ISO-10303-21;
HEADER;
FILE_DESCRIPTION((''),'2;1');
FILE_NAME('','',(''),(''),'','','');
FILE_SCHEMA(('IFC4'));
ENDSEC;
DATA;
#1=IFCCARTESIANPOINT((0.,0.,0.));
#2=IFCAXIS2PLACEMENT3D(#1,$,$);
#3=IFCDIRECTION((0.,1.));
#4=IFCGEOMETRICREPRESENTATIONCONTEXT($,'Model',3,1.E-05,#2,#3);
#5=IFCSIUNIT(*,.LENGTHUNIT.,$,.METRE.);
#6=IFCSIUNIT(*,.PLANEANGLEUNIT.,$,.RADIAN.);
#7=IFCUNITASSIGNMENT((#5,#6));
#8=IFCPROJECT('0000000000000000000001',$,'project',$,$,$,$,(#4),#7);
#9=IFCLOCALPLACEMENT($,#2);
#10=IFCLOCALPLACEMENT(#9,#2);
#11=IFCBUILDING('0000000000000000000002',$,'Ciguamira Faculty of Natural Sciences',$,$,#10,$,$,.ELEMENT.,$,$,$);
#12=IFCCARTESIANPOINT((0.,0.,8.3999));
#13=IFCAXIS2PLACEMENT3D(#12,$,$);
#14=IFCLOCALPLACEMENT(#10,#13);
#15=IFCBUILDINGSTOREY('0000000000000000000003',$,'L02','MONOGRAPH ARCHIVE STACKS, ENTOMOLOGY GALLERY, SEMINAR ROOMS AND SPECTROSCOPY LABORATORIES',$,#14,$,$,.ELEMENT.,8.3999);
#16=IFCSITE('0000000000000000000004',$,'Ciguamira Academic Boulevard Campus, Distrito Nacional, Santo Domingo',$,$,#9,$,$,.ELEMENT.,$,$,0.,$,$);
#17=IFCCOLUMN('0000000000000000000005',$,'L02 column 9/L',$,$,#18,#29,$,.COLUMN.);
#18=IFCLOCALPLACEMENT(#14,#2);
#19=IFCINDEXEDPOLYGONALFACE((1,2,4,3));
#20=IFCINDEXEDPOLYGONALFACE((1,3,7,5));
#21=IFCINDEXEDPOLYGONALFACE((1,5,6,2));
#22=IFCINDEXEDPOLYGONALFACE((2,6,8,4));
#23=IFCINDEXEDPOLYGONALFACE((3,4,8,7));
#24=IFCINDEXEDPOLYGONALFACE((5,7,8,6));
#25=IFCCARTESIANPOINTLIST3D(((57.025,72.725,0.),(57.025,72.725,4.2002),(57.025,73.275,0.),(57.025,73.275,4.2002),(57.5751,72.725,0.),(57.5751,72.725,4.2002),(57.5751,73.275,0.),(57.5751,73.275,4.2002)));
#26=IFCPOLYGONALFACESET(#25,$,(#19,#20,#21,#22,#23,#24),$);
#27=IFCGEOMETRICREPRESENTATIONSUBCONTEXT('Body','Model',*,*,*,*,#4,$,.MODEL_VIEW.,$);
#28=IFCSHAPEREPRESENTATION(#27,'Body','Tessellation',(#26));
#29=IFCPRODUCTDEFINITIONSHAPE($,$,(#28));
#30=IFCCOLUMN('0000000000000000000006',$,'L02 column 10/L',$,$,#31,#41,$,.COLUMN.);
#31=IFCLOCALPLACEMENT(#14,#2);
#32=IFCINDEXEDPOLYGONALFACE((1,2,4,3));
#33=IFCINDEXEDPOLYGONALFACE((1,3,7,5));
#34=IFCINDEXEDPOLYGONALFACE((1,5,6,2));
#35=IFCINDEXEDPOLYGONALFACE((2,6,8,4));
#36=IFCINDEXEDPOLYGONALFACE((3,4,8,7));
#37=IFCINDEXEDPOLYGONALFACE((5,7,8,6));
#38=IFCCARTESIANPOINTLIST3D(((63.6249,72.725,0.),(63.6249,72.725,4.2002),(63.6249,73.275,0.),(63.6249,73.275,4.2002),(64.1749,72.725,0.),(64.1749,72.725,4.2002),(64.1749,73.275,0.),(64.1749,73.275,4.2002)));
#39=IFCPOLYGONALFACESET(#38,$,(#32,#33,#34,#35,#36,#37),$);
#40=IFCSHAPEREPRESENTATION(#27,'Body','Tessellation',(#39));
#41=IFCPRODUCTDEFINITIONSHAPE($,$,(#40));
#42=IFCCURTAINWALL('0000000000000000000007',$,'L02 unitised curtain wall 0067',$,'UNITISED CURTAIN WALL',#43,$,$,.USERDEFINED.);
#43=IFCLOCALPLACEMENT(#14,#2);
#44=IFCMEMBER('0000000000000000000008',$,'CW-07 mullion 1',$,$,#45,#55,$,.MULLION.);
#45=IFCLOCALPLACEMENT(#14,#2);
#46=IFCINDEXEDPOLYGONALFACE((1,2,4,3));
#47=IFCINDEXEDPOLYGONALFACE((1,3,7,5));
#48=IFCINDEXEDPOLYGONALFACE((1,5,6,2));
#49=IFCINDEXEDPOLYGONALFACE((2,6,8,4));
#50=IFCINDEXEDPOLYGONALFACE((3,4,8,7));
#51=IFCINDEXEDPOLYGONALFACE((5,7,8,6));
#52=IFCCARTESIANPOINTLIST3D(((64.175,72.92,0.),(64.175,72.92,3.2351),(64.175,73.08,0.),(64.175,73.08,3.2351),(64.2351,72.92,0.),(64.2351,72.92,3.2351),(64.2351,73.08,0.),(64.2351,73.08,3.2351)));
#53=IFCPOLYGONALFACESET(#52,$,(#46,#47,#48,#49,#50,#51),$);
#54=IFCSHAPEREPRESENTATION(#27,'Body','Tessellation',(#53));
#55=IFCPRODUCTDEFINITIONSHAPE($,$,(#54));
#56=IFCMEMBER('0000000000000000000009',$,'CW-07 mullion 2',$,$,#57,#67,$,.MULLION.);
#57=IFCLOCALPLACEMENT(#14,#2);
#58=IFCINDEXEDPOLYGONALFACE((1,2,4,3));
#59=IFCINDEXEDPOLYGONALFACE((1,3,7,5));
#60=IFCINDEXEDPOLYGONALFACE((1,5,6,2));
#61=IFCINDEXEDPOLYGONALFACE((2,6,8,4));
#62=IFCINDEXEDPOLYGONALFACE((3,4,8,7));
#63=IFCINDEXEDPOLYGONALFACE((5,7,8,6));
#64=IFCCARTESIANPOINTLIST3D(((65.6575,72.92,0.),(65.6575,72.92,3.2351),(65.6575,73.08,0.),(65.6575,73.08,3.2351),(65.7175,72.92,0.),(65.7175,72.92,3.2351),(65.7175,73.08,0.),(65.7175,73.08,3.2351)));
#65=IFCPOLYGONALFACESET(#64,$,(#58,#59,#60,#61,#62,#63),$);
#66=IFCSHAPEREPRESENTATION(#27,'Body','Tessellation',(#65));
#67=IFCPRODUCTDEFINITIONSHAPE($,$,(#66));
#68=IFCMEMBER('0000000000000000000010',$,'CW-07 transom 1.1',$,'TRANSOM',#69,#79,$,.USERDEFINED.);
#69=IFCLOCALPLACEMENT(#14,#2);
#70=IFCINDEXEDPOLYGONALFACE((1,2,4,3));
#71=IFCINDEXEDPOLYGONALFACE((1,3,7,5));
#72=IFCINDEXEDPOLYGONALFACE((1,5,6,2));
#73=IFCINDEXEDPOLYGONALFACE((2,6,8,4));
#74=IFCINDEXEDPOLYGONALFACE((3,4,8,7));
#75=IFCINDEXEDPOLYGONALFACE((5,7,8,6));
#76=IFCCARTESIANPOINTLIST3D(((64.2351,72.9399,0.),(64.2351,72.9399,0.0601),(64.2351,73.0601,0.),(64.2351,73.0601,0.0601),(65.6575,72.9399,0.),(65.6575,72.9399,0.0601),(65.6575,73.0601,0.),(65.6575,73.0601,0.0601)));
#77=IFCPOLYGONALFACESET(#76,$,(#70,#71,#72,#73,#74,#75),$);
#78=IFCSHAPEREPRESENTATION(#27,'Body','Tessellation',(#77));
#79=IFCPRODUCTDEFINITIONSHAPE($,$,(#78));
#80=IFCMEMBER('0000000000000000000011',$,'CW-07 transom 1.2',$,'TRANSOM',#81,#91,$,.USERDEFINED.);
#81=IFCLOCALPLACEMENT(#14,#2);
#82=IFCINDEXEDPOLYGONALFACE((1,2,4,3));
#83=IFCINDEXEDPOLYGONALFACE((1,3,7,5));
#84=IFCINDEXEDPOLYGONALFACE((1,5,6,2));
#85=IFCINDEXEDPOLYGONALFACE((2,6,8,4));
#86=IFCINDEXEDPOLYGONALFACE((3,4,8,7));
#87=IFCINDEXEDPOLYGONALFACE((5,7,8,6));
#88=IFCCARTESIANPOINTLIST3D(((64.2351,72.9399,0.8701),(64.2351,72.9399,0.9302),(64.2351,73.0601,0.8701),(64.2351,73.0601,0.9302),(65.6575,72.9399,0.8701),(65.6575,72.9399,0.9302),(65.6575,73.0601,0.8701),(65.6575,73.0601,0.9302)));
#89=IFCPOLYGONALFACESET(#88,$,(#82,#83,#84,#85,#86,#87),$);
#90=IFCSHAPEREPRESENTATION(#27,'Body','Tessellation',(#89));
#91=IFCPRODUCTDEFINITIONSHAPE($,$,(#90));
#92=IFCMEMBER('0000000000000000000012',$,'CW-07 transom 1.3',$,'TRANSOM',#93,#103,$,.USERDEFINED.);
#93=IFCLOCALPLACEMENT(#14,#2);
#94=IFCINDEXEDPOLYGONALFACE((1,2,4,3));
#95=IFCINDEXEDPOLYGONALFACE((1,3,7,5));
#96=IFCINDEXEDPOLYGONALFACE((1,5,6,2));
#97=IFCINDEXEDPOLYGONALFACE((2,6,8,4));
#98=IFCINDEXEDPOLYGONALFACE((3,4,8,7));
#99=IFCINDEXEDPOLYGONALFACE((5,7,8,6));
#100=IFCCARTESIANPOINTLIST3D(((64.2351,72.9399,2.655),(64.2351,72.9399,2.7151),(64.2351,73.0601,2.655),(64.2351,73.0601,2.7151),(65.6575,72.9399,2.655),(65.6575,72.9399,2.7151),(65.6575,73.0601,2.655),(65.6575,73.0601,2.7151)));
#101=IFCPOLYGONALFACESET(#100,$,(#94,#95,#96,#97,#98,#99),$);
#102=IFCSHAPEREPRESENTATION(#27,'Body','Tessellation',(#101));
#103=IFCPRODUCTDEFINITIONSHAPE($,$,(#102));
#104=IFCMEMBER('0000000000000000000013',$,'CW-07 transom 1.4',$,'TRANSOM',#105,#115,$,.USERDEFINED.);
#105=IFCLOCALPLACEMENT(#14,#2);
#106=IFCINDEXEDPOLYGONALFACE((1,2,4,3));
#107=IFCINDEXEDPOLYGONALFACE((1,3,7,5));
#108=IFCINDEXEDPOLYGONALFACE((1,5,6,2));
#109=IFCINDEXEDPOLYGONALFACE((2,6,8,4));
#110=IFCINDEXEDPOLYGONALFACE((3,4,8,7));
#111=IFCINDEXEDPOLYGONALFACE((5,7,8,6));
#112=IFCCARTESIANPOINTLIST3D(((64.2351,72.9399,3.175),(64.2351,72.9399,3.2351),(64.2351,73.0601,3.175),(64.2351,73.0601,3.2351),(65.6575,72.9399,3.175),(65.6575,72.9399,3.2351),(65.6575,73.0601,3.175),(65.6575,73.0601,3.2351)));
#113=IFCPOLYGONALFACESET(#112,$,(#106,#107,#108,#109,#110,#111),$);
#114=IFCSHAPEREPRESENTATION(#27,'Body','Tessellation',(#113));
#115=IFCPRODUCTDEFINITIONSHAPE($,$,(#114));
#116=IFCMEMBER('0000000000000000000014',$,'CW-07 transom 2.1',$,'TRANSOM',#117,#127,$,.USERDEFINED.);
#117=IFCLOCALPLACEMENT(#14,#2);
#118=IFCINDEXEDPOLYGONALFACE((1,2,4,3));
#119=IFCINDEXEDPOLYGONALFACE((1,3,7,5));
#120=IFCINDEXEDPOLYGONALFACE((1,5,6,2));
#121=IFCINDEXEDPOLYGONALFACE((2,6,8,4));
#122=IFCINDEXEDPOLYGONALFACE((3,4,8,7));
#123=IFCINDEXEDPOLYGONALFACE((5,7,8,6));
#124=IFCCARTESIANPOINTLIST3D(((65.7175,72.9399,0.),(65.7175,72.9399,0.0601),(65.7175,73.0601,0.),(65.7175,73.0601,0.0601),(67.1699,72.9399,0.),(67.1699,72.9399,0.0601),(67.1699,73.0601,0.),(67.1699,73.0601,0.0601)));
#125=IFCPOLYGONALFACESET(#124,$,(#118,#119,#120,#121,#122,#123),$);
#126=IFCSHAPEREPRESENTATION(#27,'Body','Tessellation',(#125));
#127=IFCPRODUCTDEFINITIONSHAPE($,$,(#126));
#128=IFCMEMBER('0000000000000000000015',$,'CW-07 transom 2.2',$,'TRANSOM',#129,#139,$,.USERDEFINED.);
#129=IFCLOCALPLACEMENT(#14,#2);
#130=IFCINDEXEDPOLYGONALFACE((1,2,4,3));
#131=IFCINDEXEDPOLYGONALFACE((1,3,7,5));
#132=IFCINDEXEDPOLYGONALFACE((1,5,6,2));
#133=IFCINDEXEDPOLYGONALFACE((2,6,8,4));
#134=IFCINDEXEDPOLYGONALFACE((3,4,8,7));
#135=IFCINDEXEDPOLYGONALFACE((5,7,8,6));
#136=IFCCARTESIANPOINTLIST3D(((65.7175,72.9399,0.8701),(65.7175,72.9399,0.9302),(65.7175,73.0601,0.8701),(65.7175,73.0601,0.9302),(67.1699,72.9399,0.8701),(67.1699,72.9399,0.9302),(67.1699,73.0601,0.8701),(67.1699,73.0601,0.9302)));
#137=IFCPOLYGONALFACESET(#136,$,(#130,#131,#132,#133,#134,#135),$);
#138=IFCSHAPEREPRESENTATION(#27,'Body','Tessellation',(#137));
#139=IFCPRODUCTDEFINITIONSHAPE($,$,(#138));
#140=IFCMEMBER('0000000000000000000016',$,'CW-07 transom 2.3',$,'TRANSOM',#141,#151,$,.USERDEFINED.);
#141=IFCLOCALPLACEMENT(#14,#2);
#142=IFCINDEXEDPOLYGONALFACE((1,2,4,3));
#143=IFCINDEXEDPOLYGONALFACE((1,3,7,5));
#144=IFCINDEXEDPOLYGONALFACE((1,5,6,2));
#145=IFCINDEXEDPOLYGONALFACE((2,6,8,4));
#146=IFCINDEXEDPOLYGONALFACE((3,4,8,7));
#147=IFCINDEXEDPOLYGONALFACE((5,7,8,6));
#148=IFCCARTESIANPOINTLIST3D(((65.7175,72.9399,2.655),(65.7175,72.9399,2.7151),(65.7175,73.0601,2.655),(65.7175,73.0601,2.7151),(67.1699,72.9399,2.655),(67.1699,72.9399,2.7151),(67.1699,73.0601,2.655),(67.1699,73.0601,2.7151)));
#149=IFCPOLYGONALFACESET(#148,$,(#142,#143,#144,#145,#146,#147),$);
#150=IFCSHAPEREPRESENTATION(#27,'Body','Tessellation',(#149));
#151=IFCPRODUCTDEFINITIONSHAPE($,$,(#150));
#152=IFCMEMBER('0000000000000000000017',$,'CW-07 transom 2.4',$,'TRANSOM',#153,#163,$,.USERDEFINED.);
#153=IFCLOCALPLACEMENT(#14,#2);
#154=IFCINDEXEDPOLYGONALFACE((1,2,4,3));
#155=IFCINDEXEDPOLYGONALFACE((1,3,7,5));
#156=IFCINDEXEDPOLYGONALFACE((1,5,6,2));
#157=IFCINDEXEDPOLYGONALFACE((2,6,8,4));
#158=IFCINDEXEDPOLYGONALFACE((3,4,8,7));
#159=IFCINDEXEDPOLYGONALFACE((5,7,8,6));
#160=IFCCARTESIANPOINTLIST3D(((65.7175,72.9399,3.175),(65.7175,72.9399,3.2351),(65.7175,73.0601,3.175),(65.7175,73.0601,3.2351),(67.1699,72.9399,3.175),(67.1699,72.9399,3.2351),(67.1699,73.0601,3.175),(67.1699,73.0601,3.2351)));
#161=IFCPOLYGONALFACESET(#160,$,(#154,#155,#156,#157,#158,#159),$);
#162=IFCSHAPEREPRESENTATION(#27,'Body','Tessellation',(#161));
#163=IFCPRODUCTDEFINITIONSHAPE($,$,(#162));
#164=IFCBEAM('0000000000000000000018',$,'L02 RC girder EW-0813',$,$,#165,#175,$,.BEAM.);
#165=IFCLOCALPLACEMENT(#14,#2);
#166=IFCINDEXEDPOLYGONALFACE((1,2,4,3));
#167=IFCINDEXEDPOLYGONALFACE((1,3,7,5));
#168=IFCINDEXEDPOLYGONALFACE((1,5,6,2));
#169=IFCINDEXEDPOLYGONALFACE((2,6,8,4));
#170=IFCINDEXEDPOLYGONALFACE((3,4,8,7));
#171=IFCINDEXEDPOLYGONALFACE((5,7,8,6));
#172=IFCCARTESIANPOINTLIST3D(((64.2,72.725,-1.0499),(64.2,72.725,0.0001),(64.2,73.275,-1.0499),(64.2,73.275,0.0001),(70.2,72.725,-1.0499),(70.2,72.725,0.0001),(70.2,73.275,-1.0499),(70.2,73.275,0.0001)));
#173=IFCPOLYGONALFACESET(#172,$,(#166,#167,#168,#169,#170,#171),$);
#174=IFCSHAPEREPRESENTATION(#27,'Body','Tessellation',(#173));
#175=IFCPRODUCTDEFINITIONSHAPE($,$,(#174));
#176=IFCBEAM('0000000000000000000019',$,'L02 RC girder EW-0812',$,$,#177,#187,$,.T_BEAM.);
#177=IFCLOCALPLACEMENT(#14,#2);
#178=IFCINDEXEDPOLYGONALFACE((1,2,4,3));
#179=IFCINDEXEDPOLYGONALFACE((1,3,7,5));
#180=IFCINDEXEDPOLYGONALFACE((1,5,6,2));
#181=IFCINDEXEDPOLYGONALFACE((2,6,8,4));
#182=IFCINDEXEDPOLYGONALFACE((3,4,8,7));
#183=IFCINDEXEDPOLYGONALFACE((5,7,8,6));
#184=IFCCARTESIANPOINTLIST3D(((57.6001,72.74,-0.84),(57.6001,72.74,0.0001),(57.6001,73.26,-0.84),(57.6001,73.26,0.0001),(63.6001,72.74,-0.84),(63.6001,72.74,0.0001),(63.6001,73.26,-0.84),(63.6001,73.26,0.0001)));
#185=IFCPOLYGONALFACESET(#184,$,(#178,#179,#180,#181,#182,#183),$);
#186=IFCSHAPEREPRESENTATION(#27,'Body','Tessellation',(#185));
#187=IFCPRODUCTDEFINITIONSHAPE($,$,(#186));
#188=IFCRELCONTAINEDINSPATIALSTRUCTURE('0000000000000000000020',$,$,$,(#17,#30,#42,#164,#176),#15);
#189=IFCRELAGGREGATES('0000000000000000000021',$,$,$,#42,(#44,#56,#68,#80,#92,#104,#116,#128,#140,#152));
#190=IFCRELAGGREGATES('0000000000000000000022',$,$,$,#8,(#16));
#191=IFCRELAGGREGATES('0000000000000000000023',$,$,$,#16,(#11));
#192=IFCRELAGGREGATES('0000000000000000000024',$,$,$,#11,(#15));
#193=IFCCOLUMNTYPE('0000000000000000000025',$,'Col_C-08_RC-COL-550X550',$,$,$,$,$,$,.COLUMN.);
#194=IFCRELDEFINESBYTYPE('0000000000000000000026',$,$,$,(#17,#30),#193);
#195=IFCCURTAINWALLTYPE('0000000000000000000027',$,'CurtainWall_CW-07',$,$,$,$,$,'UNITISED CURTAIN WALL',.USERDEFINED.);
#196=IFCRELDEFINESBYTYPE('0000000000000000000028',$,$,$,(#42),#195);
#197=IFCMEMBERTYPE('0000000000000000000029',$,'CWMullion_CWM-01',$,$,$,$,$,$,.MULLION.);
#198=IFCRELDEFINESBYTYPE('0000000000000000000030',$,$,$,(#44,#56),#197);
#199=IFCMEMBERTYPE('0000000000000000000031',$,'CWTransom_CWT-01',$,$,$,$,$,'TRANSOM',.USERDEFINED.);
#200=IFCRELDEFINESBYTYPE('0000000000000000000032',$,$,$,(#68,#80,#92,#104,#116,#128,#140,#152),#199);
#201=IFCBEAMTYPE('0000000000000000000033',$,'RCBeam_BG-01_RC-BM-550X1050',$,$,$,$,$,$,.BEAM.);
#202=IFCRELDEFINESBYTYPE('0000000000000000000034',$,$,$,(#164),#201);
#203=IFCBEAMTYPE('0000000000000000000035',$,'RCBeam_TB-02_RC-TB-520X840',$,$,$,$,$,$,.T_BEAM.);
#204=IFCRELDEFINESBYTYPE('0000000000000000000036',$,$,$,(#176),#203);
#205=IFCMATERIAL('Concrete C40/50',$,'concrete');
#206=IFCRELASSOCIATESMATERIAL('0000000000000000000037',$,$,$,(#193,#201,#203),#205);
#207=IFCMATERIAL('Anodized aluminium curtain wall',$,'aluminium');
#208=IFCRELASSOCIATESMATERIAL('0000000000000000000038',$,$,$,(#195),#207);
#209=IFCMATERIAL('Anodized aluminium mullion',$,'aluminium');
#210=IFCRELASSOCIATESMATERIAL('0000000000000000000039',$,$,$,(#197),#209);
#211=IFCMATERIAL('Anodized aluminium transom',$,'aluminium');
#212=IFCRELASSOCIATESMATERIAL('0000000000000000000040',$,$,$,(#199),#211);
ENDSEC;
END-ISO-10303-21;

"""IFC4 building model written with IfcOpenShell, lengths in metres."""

from ifc_helpers import new_model, si_unit, direction, frame, origin, origin_2d, place, context, subcontext, project, spatial, rectangle, extrude, material, material_profile, profile_set, type_object, element, aggregate, save


model = new_model("IFC4")

# Units and contexts
model_context = context("Model", 3, precision=1e-05, world=origin(), true_north=direction((0.0, 1.0)))
body_context = subcontext(model_context, "Body", "Model", "MODEL_VIEW")
ifc_project = project(units=[si_unit("LENGTHUNIT", "METRE"), si_unit("PLANEANGLEUNIT", "RADIAN")], contexts=[model_context])

# Site, building, storey
site_placement = place(None, origin())
site = spatial("IfcSite", under=ifc_project, at=site_placement, Name="Ciguamira Academic Boulevard Campus, Distrito Nacional, Santo Domingo", CompositionType="ELEMENT", RefElevation=0.0)
building_placement = place(site_placement, origin())
building = spatial("IfcBuilding", under=site, at=building_placement, Name="Ciguamira Faculty of Natural Sciences", CompositionType="ELEMENT")
storey_placement = place(building_placement, frame((0.0, 0.0, 8.3999)))
storey = spatial("IfcBuildingStorey", under=building, at=storey_placement, Name="L02", Description="MONOGRAPH ARCHIVE STACKS, ENTOMOLOGY GALLERY, SEMINAR ROOMS AND SPECTROSCOPY LABORATORIES", CompositionType="ELEMENT", Elevation=8.3999)

# Columns
ifc_material_1 = material(Name="Concrete C40/50", Category="concrete")
ifc_material_profile_1 = material_profile(ifc_material_1, rectangle(XDim=0.55, YDim=0.55, at=origin_2d()), Name="RC-COL-550X550")
ifc_profile_set_1 = profile_set([ifc_material_profile_1], Name="Concrete C40/50")
column_type = type_object("IfcColumnType", Name="Col_C-08_RC-COL-550X550", PredefinedType="COLUMN", material=ifc_profile_set_1)
for number, where, z_axis, x_axis, name in (
    (1, (57.3, 73.0, 0.0), (0.0, 0.0, 1.0), (1.0, 0.0, 0.0), "L02 column 9/L"),
    (2, (63.8999, 73.0, 0.0), (0.0, 0.0, 1.0), (1.0, 0.0, 0.0), "L02 column 10/L"),
):
    element("IfcColumn", number, at=place(storey_placement, frame(where, z_axis=z_axis, x_axis=x_axis)), inside=storey, type_object=column_type, Name=name, PredefinedType="COLUMN", context=body_context, shape_type="SweptSolid", body=[
        extrude(rectangle(XDim=0.55, YDim=0.55, at=origin_2d()), origin(), (0.0, 0.0, 1.0), 4.2002),
    ])

# Curtain wall, members
ifc_material_2 = material(Name="Anodized aluminium curtain wall", Category="aluminium")
curtain_wall_type = type_object("IfcCurtainWallType", Name="CurtainWall_CW-07", ElementType="UNITISED CURTAIN WALL", PredefinedType="USERDEFINED", material=ifc_material_2)
curtain_wall_placement = place(storey_placement, origin())
curtain_wall = element("IfcCurtainWall", 3, at=curtain_wall_placement, inside=storey, type_object=curtain_wall_type, Name="L02 unitised curtain wall 0067", ObjectType="UNITISED CURTAIN WALL", PredefinedType="USERDEFINED")
ifc_material_3 = material(Name="Anodized aluminium mullion", Category="aluminium")
ifc_material_profile_2 = material_profile(ifc_material_3, rectangle(XDim=0.0601, YDim=0.1599, at=origin_2d()), Name="ALU-MUL-60X160")
ifc_profile_set_2 = profile_set([ifc_material_profile_2], Name="Anodized aluminium mullion")
member_type_1 = type_object("IfcMemberType", Name="CWMullion_CWM-01", PredefinedType="MULLION", material=ifc_profile_set_2)
member_1_placement = place(storey_placement, frame((64.2051, 73.0, 0.0), z_axis=(0.0, 0.0, 1.0), x_axis=(1.0, 0.0, 0.0)))
member_1 = element("IfcMember", 4, at=member_1_placement, type_object=member_type_1, Name="CW-07 mullion 1", PredefinedType="MULLION", context=body_context, shape_type="SweptSolid", body=[
    extrude(rectangle(XDim=0.0601, YDim=0.1599, at=origin_2d()), origin(), (0.0, 0.0, 1.0), 3.2351),
])
member_2_placement = place(storey_placement, frame((65.6875, 73.0, 0.0), z_axis=(0.0, 0.0, 1.0), x_axis=(1.0, 0.0, 0.0)))
member_2 = element("IfcMember", 5, at=member_2_placement, type_object=member_type_1, Name="CW-07 mullion 2", PredefinedType="MULLION", context=body_context, shape_type="SweptSolid", body=[
    extrude(rectangle(XDim=0.0601, YDim=0.1599, at=origin_2d()), origin(), (0.0, 0.0, 1.0), 3.2351),
])
ifc_material_4 = material(Name="Anodized aluminium transom", Category="aluminium")
ifc_material_profile_3 = material_profile(ifc_material_4, rectangle(XDim=0.0601, YDim=0.1201, at=origin_2d()), Name="ALU-TRN-60X120")
ifc_profile_set_3 = profile_set([ifc_material_profile_3], Name="Anodized aluminium transom")
member_type_2 = type_object("IfcMemberType", Name="CWTransom_CWT-01", ElementType="TRANSOM", PredefinedType="USERDEFINED", material=ifc_profile_set_3)
member_3_placement = place(storey_placement, frame((64.2351, 73.0, 0.03), z_axis=(1.0, 0.0, 0.0), x_axis=(0.0, 0.0, 1.0)))
member_3 = element("IfcMember", 6, at=member_3_placement, type_object=member_type_2, Name="CW-07 transom 1.1", ObjectType="TRANSOM", PredefinedType="USERDEFINED", context=body_context, shape_type="SweptSolid", body=[
    extrude(rectangle(XDim=0.0601, YDim=0.1201, at=origin_2d()), origin(), (0.0, 0.0, 1.0), 1.4224),
])
member_4_placement = place(storey_placement, frame((64.2351, 73.0, 0.9001), z_axis=(1.0, 0.0, 0.0), x_axis=(0.0, 0.0, 1.0)))
member_4 = element("IfcMember", 7, at=member_4_placement, type_object=member_type_2, Name="CW-07 transom 1.2", ObjectType="TRANSOM", PredefinedType="USERDEFINED", context=body_context, shape_type="SweptSolid", body=[
    extrude(rectangle(XDim=0.0601, YDim=0.1201, at=origin_2d()), origin(), (0.0, 0.0, 1.0), 1.4224),
])
member_5_placement = place(storey_placement, frame((64.2351, 73.0, 2.6851), z_axis=(1.0, 0.0, 0.0), x_axis=(0.0, 0.0, 1.0)))
member_5 = element("IfcMember", 8, at=member_5_placement, type_object=member_type_2, Name="CW-07 transom 1.3", ObjectType="TRANSOM", PredefinedType="USERDEFINED", context=body_context, shape_type="SweptSolid", body=[
    extrude(rectangle(XDim=0.0601, YDim=0.1201, at=origin_2d()), origin(), (0.0, 0.0, 1.0), 1.4224),
])
member_6_placement = place(storey_placement, frame((64.2351, 73.0, 3.2051), z_axis=(1.0, 0.0, 0.0), x_axis=(0.0, 0.0, 1.0)))
member_6 = element("IfcMember", 9, at=member_6_placement, type_object=member_type_2, Name="CW-07 transom 1.4", ObjectType="TRANSOM", PredefinedType="USERDEFINED", context=body_context, shape_type="SweptSolid", body=[
    extrude(rectangle(XDim=0.0601, YDim=0.1201, at=origin_2d()), origin(), (0.0, 0.0, 1.0), 1.4224),
])
member_7_placement = place(storey_placement, frame((65.7175, 73.0, 0.03), z_axis=(1.0, 0.0, 0.0), x_axis=(0.0, 0.0, 1.0)))
member_7 = element("IfcMember", 10, at=member_7_placement, type_object=member_type_2, Name="CW-07 transom 2.1", ObjectType="TRANSOM", PredefinedType="USERDEFINED", context=body_context, shape_type="SweptSolid", body=[
    extrude(rectangle(XDim=0.0601, YDim=0.1201, at=origin_2d()), origin(), (0.0, 0.0, 1.0), 1.4524),
])
member_8_placement = place(storey_placement, frame((65.7175, 73.0, 0.9001), z_axis=(1.0, 0.0, 0.0), x_axis=(0.0, 0.0, 1.0)))
member_8 = element("IfcMember", 11, at=member_8_placement, type_object=member_type_2, Name="CW-07 transom 2.2", ObjectType="TRANSOM", PredefinedType="USERDEFINED", context=body_context, shape_type="SweptSolid", body=[
    extrude(rectangle(XDim=0.0601, YDim=0.1201, at=origin_2d()), origin(), (0.0, 0.0, 1.0), 1.4524),
])
member_9_placement = place(storey_placement, frame((65.7175, 73.0, 2.6851), z_axis=(1.0, 0.0, 0.0), x_axis=(0.0, 0.0, 1.0)))
member_9 = element("IfcMember", 12, at=member_9_placement, type_object=member_type_2, Name="CW-07 transom 2.3", ObjectType="TRANSOM", PredefinedType="USERDEFINED", context=body_context, shape_type="SweptSolid", body=[
    extrude(rectangle(XDim=0.0601, YDim=0.1201, at=origin_2d()), origin(), (0.0, 0.0, 1.0), 1.4524),
])
member_10_placement = place(storey_placement, frame((65.7175, 73.0, 3.2051), z_axis=(1.0, 0.0, 0.0), x_axis=(0.0, 0.0, 1.0)))
member_10 = element("IfcMember", 13, at=member_10_placement, type_object=member_type_2, Name="CW-07 transom 2.4", ObjectType="TRANSOM", PredefinedType="USERDEFINED", context=body_context, shape_type="SweptSolid", body=[
    extrude(rectangle(XDim=0.0601, YDim=0.1201, at=origin_2d()), origin(), (0.0, 0.0, 1.0), 1.4524),
])

# Beams
ifc_material_profile_4 = material_profile(ifc_material_1, rectangle(XDim=0.55, YDim=1.05, at=origin_2d()), Name="RC-BM-550X1050")
ifc_profile_set_4 = profile_set([ifc_material_profile_4], Name="Concrete C40/50")
beam_type_1 = type_object("IfcBeamType", Name="RCBeam_BG-01_RC-BM-550X1050", PredefinedType="BEAM", material=ifc_profile_set_4)
beam_1_placement = place(storey_placement, frame((64.2, 73.0, -0.5249), z_axis=(1.0, 0.0, 0.0), x_axis=(0.0, 1.0, 0.0)))
element("IfcBeam", 14, at=beam_1_placement, inside=storey, type_object=beam_type_1, Name="L02 RC girder EW-0813", PredefinedType="BEAM", context=body_context, shape_type="SweptSolid", body=[
    extrude(rectangle(XDim=0.55, YDim=1.05, at=origin_2d()), origin(), (0.0, 0.0, 1.0), 6.0),
])
ifc_material_profile_5 = material_profile(ifc_material_1, rectangle(XDim=0.52, YDim=0.8401, at=origin_2d()), Name="RC-TB-520X840")
ifc_profile_set_5 = profile_set([ifc_material_profile_5], Name="Concrete C40/50")
beam_type_2 = type_object("IfcBeamType", Name="RCBeam_TB-02_RC-TB-520X840", PredefinedType="T_BEAM", material=ifc_profile_set_5)
beam_2_placement = place(storey_placement, frame((57.6001, 73.0, -0.4199), z_axis=(1.0, 0.0, 0.0), x_axis=(0.0, 1.0, 0.0)))
element("IfcBeam", 15, at=beam_2_placement, inside=storey, type_object=beam_type_2, Name="L02 RC girder EW-0812", PredefinedType="T_BEAM", context=body_context, shape_type="SweptSolid", body=[
    extrude(rectangle(XDim=0.52, YDim=0.8401, at=origin_2d()), origin(), (0.0, 0.0, 1.0), 6.0),
])

aggregate(curtain_wall, [member_1, member_2, member_3, member_4, member_5, member_6, member_7, member_8, member_9, member_10])

save(model, "model.ifc")
